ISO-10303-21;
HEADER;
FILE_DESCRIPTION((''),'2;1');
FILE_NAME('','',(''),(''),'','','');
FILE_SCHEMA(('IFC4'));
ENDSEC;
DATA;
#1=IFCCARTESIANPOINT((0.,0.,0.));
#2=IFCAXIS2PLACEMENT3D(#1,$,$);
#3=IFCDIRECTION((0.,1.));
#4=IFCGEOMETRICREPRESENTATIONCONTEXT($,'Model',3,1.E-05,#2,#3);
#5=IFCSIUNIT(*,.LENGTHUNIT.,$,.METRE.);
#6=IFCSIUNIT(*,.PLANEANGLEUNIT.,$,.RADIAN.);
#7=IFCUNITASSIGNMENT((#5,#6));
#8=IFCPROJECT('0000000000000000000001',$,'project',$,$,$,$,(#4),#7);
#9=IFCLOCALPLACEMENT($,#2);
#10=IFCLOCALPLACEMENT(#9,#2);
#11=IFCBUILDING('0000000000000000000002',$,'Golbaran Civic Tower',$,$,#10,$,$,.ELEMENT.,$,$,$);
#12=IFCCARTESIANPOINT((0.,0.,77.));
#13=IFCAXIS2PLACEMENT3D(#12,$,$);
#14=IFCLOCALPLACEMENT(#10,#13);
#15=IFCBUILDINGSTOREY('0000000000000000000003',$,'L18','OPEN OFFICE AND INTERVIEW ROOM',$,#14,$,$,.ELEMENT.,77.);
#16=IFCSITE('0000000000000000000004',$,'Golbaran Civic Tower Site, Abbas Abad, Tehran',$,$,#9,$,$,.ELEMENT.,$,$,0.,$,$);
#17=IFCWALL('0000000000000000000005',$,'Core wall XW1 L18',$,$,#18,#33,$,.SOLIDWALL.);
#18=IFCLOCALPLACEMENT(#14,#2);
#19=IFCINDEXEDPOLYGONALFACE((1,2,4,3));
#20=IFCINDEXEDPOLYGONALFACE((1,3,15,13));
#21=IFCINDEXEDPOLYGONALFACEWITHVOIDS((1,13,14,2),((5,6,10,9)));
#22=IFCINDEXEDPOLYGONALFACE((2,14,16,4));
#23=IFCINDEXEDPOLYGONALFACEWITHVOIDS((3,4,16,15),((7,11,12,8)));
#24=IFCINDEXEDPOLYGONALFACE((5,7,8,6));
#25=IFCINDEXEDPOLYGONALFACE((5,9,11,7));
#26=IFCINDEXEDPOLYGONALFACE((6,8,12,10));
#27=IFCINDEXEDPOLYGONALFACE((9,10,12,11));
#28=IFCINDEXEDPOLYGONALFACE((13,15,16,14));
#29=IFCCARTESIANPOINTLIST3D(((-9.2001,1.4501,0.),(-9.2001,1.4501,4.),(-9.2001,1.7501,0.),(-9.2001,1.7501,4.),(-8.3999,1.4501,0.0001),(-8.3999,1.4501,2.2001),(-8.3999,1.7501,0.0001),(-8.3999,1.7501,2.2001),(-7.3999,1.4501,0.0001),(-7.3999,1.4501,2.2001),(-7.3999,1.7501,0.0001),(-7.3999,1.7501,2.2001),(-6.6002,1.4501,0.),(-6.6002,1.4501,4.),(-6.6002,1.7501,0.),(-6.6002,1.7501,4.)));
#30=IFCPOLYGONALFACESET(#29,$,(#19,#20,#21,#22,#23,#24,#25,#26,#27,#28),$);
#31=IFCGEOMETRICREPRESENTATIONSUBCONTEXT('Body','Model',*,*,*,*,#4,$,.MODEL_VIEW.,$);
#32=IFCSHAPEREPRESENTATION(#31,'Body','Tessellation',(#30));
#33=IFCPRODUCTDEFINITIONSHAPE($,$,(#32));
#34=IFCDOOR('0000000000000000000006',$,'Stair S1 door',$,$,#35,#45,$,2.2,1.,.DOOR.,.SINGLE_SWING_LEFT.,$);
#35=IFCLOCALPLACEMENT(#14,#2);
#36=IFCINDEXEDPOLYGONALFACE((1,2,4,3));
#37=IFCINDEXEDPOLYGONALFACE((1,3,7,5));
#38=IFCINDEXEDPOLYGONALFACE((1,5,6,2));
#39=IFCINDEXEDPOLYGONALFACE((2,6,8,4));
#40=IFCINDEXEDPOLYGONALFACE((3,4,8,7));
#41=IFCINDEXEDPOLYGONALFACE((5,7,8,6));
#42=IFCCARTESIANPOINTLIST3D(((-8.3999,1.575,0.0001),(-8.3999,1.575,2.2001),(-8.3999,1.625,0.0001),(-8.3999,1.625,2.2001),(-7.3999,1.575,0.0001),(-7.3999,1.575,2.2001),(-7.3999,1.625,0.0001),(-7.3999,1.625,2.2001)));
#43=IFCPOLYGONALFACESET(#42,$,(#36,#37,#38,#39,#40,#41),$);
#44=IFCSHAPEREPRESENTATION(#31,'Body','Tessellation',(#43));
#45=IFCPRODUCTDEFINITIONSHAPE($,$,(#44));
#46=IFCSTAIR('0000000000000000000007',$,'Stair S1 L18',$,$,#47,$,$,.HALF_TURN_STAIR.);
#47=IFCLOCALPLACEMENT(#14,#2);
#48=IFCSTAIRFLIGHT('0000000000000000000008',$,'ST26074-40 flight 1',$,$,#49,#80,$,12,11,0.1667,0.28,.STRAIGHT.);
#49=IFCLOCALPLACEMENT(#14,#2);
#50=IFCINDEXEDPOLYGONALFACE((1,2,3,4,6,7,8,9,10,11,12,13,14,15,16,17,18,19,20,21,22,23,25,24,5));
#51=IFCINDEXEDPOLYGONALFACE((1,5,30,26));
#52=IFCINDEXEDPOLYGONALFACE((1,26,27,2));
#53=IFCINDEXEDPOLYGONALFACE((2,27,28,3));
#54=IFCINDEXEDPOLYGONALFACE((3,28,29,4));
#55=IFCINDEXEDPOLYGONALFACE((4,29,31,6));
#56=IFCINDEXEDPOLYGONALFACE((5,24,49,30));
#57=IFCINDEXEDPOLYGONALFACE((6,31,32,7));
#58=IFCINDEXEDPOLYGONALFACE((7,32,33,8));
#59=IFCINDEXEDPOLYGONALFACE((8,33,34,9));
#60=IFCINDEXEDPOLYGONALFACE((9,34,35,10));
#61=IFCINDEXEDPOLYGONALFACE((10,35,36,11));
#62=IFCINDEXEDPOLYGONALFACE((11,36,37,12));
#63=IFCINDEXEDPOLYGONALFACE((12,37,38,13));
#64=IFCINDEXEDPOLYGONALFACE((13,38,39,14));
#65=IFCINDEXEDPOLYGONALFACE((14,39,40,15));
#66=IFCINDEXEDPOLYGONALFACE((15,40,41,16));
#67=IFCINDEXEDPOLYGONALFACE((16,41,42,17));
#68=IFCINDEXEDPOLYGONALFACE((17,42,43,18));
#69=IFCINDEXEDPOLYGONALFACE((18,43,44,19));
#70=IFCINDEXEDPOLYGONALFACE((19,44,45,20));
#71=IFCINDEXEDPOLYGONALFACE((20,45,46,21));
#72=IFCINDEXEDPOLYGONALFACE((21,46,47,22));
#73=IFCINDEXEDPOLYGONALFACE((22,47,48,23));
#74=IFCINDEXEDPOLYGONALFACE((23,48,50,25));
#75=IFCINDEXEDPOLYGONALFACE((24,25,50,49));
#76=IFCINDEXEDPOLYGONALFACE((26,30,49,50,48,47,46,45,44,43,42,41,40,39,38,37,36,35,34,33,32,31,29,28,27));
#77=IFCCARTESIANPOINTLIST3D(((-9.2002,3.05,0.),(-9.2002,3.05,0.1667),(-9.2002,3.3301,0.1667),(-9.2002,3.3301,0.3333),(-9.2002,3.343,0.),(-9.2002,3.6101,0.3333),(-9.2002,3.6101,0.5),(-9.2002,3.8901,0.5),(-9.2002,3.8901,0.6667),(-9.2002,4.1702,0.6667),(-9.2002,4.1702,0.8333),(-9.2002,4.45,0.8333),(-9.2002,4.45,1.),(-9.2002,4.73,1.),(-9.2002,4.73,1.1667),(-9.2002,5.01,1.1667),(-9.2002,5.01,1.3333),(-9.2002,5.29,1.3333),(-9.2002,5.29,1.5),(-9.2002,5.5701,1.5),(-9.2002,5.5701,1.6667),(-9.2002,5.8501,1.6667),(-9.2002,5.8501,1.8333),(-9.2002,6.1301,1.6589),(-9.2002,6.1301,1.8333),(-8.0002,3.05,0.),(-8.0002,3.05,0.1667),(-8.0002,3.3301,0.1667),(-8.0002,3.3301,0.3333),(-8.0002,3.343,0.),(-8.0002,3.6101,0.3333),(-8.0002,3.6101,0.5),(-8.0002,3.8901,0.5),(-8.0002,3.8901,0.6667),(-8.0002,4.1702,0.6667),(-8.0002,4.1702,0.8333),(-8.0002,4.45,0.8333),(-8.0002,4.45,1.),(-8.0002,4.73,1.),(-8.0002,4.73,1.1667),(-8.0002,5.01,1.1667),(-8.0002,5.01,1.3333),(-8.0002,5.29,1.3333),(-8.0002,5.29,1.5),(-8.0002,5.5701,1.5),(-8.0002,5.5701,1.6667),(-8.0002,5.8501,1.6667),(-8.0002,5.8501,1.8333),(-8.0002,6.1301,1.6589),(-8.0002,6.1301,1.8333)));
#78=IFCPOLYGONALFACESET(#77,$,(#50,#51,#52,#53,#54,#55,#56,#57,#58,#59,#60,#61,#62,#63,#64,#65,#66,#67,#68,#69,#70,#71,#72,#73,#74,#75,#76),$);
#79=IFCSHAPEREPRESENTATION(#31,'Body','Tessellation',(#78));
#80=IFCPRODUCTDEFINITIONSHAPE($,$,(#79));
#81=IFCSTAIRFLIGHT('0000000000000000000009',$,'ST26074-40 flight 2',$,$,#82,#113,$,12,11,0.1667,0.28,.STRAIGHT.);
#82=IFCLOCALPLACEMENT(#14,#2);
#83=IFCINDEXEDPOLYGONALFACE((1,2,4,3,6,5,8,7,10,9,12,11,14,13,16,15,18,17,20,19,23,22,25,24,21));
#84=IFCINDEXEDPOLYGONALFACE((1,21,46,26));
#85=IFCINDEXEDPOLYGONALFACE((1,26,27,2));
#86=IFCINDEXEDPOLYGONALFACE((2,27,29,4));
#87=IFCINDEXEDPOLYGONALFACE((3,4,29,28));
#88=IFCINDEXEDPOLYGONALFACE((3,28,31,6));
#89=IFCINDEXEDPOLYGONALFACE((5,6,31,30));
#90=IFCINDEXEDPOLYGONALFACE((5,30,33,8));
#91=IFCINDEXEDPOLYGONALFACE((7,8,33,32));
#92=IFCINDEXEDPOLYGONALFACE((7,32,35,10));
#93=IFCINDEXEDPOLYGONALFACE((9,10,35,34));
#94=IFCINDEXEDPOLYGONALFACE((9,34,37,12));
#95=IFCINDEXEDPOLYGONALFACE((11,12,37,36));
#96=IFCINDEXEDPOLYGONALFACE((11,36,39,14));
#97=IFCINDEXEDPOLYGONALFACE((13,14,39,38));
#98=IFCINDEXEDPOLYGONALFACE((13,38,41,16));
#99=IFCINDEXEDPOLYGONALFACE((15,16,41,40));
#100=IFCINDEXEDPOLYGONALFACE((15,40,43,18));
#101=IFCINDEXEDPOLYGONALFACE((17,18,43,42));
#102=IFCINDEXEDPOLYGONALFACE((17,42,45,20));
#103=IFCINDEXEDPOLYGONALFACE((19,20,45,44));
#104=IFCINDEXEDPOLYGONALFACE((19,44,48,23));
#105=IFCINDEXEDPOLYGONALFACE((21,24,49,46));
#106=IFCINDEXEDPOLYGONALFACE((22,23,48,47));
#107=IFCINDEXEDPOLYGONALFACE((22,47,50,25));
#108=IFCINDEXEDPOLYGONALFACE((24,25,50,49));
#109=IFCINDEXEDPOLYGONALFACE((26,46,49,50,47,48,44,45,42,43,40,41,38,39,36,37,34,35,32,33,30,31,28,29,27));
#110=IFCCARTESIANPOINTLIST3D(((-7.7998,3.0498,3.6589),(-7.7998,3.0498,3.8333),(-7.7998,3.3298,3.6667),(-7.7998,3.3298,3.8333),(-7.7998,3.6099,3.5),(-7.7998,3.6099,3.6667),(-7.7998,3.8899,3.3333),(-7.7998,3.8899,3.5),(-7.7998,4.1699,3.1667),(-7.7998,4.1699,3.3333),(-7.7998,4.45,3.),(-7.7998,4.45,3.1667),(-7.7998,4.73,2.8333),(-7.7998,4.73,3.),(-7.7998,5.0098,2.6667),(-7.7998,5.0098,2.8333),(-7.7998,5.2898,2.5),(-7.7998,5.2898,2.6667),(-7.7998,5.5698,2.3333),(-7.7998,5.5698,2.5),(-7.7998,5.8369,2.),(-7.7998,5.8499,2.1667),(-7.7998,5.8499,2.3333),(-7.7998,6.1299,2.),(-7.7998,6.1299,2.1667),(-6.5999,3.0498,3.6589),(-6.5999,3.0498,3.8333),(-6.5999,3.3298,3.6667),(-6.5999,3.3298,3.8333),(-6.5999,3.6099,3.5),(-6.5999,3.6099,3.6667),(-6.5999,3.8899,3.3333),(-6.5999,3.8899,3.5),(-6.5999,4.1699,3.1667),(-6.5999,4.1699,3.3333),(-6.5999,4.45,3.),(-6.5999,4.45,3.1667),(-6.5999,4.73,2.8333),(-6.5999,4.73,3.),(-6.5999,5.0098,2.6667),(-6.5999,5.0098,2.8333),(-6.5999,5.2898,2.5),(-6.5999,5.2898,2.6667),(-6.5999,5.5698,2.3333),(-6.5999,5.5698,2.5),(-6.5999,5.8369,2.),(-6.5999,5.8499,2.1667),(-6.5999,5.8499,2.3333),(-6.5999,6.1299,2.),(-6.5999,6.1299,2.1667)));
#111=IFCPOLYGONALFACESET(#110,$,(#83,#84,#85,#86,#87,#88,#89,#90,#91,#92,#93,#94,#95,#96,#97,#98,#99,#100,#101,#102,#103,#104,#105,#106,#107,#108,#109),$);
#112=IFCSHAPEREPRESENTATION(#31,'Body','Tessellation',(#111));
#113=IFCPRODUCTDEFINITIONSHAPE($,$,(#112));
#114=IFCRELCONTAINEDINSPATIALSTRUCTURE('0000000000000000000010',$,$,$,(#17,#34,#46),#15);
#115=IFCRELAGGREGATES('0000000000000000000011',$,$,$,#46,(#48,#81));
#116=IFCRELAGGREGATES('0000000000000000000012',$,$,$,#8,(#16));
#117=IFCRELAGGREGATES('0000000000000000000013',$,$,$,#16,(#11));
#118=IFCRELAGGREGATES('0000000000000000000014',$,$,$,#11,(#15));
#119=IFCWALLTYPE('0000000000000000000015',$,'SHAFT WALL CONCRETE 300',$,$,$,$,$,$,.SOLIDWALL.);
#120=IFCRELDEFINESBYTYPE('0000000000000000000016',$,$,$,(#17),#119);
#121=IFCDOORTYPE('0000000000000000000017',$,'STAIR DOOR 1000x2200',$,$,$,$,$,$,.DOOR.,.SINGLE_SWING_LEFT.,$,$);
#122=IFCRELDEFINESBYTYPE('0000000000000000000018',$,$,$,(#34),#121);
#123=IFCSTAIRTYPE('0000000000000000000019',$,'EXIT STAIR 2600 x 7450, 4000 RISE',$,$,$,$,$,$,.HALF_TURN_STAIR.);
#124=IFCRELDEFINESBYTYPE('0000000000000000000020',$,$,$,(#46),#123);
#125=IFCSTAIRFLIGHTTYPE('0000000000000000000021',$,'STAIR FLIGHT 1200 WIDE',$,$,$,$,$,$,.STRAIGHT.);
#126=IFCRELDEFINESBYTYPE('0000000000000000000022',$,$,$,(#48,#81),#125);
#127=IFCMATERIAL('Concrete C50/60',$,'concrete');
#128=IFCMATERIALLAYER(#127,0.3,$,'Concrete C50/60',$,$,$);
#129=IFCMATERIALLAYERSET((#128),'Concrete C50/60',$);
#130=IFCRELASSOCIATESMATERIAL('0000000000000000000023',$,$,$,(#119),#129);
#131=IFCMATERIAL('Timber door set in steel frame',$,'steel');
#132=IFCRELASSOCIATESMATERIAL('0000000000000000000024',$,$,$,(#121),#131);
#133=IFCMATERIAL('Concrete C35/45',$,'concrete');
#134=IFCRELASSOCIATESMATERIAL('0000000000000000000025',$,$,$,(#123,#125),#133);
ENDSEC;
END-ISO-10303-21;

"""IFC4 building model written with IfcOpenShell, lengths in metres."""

from ifc_helpers import new_model, si_unit, direction, frame, frame_2d, origin, place, context, subcontext, project, spatial, polyline, rectangle, outline, extrude, material, layer, layer_set, type_object, element, fill, aggregate, save


model = new_model("IFC4")

# Units and contexts
model_context = context("Model", 3, precision=1e-05, world=origin(), true_north=direction((0.0, 1.0)))
body_context = subcontext(model_context, "Body", "Model", "MODEL_VIEW")
ifc_project = project(units=[si_unit("LENGTHUNIT", "METRE"), si_unit("PLANEANGLEUNIT", "RADIAN")], contexts=[model_context])

# Site, building, storey
site_placement = place(None, origin())
site = spatial("IfcSite", under=ifc_project, at=site_placement, Name="Golbaran Civic Tower Site, Abbas Abad, Tehran", CompositionType="ELEMENT", RefElevation=0.0)
building_placement = place(site_placement, origin())
building = spatial("IfcBuilding", under=site, at=building_placement, Name="Golbaran Civic Tower", CompositionType="ELEMENT")
storey_placement = place(building_placement, frame((0.0, 0.0, 77.0)))
storey = spatial("IfcBuildingStorey", under=building, at=storey_placement, Name="L18", Description="OPEN OFFICE AND INTERVIEW ROOM", CompositionType="ELEMENT", Elevation=77.0)

# Shared definitions
ifc_material_1 = material(Name="Concrete C50/60", Category="concrete")

# Shared definitions
ifc_material_2 = material(Name="Timber door set in steel frame", Category="steel")

# Shared definitions
ifc_layer_1 = layer(ifc_material_1, 0.3, Name="Concrete C50/60")
ifc_layer_set_1 = layer_set([ifc_layer_1], Name="Concrete C50/60")
wall_type_1 = type_object("IfcWallType", Name="SHAFT WALL CONCRETE 300", PredefinedType="SOLIDWALL", material=ifc_layer_set_1)

# Wall, opening, door
wall_1_placement = place(storey_placement, frame((-9.2, 1.6001, 0.0), z_axis=(0.0, 0.0, 1.0), x_axis=(1.0, 0.0, 0.0)))
wall_1 = element("IfcWall", 1, at=wall_1_placement, inside=storey, type_object=wall_type_1, Name="Core wall XW1 L18", PredefinedType="SOLIDWALL", context=body_context, shape_type="SweptSolid", body=[
    extrude(rectangle(XDim=2.5999, YDim=0.3, at=frame_2d((1.2998, 0.0))), origin(), (0.0, 0.0, 1.0), 4.0),
])
opening_1_placement = place(wall_1_placement, frame((0.8, 0.0, 0.0)))
opening_1 = element("IfcOpeningElement", 2, at=opening_1_placement, cuts=wall_1, PredefinedType="OPENING", context=body_context, shape_type="SweptSolid", body=[
    extrude(rectangle(XDim=1.0, YDim=2.2, at=frame_2d((0.5, 1.1001))), frame((0.0, 0.1599, 0.0), z_axis=(0.0, -1.0, 0.0), x_axis=(1.0, 0.0, 0.0)), (0.0, 0.0, 1.0), 0.3201),
])
door_type_1 = type_object("IfcDoorType", Name="STAIR DOOR 1000x2200", OperationType="SINGLE_SWING_LEFT", PredefinedType="DOOR", material=ifc_material_2)
door_1_placement = place(opening_1_placement, origin())
door_1 = element("IfcDoor", 3, at=door_1_placement, inside=storey, type_object=door_type_1, Name="Stair S1 door", OperationType="SINGLE_SWING_LEFT", OverallHeight=2.2, OverallWidth=1.0, PredefinedType="DOOR", context=body_context, shape_type="SweptSolid", body=[
    extrude(rectangle(XDim=1.0, YDim=2.2, at=frame_2d((0.5, 1.1001))), frame((0.0, 0.0249, 0.0), z_axis=(0.0, -1.0, 0.0), x_axis=(1.0, 0.0, 0.0)), (0.0, 0.0, 1.0), 0.05),
])
fill(opening_1, door_1)

# Stair, stair flights
ifc_material_3 = material(Name="Concrete C35/45", Category="concrete")
stair_type = type_object("IfcStairType", Name="EXIT STAIR 2600 x 7450, 4000 RISE", PredefinedType="HALF_TURN_STAIR", material=ifc_material_3)
stair_placement = place(storey_placement, origin())
stair = element("IfcStair", 4, at=stair_placement, inside=storey, type_object=stair_type, Name="Stair S1 L18", PredefinedType="HALF_TURN_STAIR")
stair_flight_type = type_object("IfcStairFlightType", Name="STAIR FLIGHT 1200 WIDE", PredefinedType="STRAIGHT", material=ifc_material_3)
stair_flight_1_placement = place(storey_placement, frame((-8.6001, 3.05, 0.0), z_axis=(0.0, 0.0, 1.0), x_axis=(0.0, 1.0, 0.0)))
stair_flight_1 = element("IfcStairFlight", 5, at=stair_flight_1_placement, type_object=stair_flight_type, Name="ST26074-40 flight 1", NumberOfRisers=12, NumberOfTreads=11, PredefinedType="STRAIGHT", RiserHeight=0.1667, TreadLength=0.28, context=body_context, shape_type="SweptSolid", body=[
    extrude(outline(polyline([(0.0, 0.0), (0.0, 0.1667), (0.28, 0.1667), (0.28, 0.3333), (0.5601, 0.3333), (0.5601, 0.5), (0.8401, 0.5), (0.8401, 0.6667), (1.1201, 0.6667), (1.1201, 0.8333), (1.3999, 0.8333), (1.3999, 1.0), (1.6799, 1.0), (1.6799, 1.1667), (1.96, 1.1667), (1.96, 1.3333), (2.24, 1.3333), (2.24, 1.5), (2.52, 1.5), (2.52, 1.6667), (2.8, 1.6667), (2.8, 1.8333), (3.0801, 1.8333), (3.0801, 2.0), (3.0801, 1.6589), (0.293, 0.0), (0.0, 0.0)])), frame((0.0, 0.6001, 0.0), z_axis=(0.0, -1.0, 0.0), x_axis=(1.0, 0.0, 0.0)), (0.0, 0.0, 1.0), 1.2),
])
stair_flight_2_placement = place(storey_placement, frame((-7.2, 6.1299, 2.0), z_axis=(0.0, 0.0, 1.0), x_axis=(0.0, -1.0, 0.0)))
stair_flight_2 = element("IfcStairFlight", 6, at=stair_flight_2_placement, type_object=stair_flight_type, Name="ST26074-40 flight 2", NumberOfRisers=12, NumberOfTreads=11, PredefinedType="STRAIGHT", RiserHeight=0.1667, TreadLength=0.28, context=body_context, shape_type="SweptSolid", body=[
    extrude(outline(polyline([(0.0, 0.0), (0.0, 0.1667), (0.28, 0.1667), (0.28, 0.3333), (0.5601, 0.3333), (0.5601, 0.5), (0.8401, 0.5), (0.8401, 0.6667), (1.1201, 0.6667), (1.1201, 0.8333), (1.3999, 0.8333), (1.3999, 1.0), (1.6799, 1.0), (1.6799, 1.1667), (1.96, 1.1667), (1.96, 1.3333), (2.24, 1.3333), (2.24, 1.5), (2.52, 1.5), (2.52, 1.6667), (2.8, 1.6667), (2.8, 1.8333), (3.0801, 1.8333), (3.0801, 2.0), (3.0801, 1.6589), (0.293, 0.0), (0.0, 0.0)])), frame((0.0, 0.6001, 0.0), z_axis=(0.0, -1.0, 0.0), x_axis=(1.0, 0.0, 0.0)), (0.0, 0.0, 1.0), 1.2),
])
aggregate(stair, [stair_flight_1, stair_flight_2])

save(model, "model.ifc")
